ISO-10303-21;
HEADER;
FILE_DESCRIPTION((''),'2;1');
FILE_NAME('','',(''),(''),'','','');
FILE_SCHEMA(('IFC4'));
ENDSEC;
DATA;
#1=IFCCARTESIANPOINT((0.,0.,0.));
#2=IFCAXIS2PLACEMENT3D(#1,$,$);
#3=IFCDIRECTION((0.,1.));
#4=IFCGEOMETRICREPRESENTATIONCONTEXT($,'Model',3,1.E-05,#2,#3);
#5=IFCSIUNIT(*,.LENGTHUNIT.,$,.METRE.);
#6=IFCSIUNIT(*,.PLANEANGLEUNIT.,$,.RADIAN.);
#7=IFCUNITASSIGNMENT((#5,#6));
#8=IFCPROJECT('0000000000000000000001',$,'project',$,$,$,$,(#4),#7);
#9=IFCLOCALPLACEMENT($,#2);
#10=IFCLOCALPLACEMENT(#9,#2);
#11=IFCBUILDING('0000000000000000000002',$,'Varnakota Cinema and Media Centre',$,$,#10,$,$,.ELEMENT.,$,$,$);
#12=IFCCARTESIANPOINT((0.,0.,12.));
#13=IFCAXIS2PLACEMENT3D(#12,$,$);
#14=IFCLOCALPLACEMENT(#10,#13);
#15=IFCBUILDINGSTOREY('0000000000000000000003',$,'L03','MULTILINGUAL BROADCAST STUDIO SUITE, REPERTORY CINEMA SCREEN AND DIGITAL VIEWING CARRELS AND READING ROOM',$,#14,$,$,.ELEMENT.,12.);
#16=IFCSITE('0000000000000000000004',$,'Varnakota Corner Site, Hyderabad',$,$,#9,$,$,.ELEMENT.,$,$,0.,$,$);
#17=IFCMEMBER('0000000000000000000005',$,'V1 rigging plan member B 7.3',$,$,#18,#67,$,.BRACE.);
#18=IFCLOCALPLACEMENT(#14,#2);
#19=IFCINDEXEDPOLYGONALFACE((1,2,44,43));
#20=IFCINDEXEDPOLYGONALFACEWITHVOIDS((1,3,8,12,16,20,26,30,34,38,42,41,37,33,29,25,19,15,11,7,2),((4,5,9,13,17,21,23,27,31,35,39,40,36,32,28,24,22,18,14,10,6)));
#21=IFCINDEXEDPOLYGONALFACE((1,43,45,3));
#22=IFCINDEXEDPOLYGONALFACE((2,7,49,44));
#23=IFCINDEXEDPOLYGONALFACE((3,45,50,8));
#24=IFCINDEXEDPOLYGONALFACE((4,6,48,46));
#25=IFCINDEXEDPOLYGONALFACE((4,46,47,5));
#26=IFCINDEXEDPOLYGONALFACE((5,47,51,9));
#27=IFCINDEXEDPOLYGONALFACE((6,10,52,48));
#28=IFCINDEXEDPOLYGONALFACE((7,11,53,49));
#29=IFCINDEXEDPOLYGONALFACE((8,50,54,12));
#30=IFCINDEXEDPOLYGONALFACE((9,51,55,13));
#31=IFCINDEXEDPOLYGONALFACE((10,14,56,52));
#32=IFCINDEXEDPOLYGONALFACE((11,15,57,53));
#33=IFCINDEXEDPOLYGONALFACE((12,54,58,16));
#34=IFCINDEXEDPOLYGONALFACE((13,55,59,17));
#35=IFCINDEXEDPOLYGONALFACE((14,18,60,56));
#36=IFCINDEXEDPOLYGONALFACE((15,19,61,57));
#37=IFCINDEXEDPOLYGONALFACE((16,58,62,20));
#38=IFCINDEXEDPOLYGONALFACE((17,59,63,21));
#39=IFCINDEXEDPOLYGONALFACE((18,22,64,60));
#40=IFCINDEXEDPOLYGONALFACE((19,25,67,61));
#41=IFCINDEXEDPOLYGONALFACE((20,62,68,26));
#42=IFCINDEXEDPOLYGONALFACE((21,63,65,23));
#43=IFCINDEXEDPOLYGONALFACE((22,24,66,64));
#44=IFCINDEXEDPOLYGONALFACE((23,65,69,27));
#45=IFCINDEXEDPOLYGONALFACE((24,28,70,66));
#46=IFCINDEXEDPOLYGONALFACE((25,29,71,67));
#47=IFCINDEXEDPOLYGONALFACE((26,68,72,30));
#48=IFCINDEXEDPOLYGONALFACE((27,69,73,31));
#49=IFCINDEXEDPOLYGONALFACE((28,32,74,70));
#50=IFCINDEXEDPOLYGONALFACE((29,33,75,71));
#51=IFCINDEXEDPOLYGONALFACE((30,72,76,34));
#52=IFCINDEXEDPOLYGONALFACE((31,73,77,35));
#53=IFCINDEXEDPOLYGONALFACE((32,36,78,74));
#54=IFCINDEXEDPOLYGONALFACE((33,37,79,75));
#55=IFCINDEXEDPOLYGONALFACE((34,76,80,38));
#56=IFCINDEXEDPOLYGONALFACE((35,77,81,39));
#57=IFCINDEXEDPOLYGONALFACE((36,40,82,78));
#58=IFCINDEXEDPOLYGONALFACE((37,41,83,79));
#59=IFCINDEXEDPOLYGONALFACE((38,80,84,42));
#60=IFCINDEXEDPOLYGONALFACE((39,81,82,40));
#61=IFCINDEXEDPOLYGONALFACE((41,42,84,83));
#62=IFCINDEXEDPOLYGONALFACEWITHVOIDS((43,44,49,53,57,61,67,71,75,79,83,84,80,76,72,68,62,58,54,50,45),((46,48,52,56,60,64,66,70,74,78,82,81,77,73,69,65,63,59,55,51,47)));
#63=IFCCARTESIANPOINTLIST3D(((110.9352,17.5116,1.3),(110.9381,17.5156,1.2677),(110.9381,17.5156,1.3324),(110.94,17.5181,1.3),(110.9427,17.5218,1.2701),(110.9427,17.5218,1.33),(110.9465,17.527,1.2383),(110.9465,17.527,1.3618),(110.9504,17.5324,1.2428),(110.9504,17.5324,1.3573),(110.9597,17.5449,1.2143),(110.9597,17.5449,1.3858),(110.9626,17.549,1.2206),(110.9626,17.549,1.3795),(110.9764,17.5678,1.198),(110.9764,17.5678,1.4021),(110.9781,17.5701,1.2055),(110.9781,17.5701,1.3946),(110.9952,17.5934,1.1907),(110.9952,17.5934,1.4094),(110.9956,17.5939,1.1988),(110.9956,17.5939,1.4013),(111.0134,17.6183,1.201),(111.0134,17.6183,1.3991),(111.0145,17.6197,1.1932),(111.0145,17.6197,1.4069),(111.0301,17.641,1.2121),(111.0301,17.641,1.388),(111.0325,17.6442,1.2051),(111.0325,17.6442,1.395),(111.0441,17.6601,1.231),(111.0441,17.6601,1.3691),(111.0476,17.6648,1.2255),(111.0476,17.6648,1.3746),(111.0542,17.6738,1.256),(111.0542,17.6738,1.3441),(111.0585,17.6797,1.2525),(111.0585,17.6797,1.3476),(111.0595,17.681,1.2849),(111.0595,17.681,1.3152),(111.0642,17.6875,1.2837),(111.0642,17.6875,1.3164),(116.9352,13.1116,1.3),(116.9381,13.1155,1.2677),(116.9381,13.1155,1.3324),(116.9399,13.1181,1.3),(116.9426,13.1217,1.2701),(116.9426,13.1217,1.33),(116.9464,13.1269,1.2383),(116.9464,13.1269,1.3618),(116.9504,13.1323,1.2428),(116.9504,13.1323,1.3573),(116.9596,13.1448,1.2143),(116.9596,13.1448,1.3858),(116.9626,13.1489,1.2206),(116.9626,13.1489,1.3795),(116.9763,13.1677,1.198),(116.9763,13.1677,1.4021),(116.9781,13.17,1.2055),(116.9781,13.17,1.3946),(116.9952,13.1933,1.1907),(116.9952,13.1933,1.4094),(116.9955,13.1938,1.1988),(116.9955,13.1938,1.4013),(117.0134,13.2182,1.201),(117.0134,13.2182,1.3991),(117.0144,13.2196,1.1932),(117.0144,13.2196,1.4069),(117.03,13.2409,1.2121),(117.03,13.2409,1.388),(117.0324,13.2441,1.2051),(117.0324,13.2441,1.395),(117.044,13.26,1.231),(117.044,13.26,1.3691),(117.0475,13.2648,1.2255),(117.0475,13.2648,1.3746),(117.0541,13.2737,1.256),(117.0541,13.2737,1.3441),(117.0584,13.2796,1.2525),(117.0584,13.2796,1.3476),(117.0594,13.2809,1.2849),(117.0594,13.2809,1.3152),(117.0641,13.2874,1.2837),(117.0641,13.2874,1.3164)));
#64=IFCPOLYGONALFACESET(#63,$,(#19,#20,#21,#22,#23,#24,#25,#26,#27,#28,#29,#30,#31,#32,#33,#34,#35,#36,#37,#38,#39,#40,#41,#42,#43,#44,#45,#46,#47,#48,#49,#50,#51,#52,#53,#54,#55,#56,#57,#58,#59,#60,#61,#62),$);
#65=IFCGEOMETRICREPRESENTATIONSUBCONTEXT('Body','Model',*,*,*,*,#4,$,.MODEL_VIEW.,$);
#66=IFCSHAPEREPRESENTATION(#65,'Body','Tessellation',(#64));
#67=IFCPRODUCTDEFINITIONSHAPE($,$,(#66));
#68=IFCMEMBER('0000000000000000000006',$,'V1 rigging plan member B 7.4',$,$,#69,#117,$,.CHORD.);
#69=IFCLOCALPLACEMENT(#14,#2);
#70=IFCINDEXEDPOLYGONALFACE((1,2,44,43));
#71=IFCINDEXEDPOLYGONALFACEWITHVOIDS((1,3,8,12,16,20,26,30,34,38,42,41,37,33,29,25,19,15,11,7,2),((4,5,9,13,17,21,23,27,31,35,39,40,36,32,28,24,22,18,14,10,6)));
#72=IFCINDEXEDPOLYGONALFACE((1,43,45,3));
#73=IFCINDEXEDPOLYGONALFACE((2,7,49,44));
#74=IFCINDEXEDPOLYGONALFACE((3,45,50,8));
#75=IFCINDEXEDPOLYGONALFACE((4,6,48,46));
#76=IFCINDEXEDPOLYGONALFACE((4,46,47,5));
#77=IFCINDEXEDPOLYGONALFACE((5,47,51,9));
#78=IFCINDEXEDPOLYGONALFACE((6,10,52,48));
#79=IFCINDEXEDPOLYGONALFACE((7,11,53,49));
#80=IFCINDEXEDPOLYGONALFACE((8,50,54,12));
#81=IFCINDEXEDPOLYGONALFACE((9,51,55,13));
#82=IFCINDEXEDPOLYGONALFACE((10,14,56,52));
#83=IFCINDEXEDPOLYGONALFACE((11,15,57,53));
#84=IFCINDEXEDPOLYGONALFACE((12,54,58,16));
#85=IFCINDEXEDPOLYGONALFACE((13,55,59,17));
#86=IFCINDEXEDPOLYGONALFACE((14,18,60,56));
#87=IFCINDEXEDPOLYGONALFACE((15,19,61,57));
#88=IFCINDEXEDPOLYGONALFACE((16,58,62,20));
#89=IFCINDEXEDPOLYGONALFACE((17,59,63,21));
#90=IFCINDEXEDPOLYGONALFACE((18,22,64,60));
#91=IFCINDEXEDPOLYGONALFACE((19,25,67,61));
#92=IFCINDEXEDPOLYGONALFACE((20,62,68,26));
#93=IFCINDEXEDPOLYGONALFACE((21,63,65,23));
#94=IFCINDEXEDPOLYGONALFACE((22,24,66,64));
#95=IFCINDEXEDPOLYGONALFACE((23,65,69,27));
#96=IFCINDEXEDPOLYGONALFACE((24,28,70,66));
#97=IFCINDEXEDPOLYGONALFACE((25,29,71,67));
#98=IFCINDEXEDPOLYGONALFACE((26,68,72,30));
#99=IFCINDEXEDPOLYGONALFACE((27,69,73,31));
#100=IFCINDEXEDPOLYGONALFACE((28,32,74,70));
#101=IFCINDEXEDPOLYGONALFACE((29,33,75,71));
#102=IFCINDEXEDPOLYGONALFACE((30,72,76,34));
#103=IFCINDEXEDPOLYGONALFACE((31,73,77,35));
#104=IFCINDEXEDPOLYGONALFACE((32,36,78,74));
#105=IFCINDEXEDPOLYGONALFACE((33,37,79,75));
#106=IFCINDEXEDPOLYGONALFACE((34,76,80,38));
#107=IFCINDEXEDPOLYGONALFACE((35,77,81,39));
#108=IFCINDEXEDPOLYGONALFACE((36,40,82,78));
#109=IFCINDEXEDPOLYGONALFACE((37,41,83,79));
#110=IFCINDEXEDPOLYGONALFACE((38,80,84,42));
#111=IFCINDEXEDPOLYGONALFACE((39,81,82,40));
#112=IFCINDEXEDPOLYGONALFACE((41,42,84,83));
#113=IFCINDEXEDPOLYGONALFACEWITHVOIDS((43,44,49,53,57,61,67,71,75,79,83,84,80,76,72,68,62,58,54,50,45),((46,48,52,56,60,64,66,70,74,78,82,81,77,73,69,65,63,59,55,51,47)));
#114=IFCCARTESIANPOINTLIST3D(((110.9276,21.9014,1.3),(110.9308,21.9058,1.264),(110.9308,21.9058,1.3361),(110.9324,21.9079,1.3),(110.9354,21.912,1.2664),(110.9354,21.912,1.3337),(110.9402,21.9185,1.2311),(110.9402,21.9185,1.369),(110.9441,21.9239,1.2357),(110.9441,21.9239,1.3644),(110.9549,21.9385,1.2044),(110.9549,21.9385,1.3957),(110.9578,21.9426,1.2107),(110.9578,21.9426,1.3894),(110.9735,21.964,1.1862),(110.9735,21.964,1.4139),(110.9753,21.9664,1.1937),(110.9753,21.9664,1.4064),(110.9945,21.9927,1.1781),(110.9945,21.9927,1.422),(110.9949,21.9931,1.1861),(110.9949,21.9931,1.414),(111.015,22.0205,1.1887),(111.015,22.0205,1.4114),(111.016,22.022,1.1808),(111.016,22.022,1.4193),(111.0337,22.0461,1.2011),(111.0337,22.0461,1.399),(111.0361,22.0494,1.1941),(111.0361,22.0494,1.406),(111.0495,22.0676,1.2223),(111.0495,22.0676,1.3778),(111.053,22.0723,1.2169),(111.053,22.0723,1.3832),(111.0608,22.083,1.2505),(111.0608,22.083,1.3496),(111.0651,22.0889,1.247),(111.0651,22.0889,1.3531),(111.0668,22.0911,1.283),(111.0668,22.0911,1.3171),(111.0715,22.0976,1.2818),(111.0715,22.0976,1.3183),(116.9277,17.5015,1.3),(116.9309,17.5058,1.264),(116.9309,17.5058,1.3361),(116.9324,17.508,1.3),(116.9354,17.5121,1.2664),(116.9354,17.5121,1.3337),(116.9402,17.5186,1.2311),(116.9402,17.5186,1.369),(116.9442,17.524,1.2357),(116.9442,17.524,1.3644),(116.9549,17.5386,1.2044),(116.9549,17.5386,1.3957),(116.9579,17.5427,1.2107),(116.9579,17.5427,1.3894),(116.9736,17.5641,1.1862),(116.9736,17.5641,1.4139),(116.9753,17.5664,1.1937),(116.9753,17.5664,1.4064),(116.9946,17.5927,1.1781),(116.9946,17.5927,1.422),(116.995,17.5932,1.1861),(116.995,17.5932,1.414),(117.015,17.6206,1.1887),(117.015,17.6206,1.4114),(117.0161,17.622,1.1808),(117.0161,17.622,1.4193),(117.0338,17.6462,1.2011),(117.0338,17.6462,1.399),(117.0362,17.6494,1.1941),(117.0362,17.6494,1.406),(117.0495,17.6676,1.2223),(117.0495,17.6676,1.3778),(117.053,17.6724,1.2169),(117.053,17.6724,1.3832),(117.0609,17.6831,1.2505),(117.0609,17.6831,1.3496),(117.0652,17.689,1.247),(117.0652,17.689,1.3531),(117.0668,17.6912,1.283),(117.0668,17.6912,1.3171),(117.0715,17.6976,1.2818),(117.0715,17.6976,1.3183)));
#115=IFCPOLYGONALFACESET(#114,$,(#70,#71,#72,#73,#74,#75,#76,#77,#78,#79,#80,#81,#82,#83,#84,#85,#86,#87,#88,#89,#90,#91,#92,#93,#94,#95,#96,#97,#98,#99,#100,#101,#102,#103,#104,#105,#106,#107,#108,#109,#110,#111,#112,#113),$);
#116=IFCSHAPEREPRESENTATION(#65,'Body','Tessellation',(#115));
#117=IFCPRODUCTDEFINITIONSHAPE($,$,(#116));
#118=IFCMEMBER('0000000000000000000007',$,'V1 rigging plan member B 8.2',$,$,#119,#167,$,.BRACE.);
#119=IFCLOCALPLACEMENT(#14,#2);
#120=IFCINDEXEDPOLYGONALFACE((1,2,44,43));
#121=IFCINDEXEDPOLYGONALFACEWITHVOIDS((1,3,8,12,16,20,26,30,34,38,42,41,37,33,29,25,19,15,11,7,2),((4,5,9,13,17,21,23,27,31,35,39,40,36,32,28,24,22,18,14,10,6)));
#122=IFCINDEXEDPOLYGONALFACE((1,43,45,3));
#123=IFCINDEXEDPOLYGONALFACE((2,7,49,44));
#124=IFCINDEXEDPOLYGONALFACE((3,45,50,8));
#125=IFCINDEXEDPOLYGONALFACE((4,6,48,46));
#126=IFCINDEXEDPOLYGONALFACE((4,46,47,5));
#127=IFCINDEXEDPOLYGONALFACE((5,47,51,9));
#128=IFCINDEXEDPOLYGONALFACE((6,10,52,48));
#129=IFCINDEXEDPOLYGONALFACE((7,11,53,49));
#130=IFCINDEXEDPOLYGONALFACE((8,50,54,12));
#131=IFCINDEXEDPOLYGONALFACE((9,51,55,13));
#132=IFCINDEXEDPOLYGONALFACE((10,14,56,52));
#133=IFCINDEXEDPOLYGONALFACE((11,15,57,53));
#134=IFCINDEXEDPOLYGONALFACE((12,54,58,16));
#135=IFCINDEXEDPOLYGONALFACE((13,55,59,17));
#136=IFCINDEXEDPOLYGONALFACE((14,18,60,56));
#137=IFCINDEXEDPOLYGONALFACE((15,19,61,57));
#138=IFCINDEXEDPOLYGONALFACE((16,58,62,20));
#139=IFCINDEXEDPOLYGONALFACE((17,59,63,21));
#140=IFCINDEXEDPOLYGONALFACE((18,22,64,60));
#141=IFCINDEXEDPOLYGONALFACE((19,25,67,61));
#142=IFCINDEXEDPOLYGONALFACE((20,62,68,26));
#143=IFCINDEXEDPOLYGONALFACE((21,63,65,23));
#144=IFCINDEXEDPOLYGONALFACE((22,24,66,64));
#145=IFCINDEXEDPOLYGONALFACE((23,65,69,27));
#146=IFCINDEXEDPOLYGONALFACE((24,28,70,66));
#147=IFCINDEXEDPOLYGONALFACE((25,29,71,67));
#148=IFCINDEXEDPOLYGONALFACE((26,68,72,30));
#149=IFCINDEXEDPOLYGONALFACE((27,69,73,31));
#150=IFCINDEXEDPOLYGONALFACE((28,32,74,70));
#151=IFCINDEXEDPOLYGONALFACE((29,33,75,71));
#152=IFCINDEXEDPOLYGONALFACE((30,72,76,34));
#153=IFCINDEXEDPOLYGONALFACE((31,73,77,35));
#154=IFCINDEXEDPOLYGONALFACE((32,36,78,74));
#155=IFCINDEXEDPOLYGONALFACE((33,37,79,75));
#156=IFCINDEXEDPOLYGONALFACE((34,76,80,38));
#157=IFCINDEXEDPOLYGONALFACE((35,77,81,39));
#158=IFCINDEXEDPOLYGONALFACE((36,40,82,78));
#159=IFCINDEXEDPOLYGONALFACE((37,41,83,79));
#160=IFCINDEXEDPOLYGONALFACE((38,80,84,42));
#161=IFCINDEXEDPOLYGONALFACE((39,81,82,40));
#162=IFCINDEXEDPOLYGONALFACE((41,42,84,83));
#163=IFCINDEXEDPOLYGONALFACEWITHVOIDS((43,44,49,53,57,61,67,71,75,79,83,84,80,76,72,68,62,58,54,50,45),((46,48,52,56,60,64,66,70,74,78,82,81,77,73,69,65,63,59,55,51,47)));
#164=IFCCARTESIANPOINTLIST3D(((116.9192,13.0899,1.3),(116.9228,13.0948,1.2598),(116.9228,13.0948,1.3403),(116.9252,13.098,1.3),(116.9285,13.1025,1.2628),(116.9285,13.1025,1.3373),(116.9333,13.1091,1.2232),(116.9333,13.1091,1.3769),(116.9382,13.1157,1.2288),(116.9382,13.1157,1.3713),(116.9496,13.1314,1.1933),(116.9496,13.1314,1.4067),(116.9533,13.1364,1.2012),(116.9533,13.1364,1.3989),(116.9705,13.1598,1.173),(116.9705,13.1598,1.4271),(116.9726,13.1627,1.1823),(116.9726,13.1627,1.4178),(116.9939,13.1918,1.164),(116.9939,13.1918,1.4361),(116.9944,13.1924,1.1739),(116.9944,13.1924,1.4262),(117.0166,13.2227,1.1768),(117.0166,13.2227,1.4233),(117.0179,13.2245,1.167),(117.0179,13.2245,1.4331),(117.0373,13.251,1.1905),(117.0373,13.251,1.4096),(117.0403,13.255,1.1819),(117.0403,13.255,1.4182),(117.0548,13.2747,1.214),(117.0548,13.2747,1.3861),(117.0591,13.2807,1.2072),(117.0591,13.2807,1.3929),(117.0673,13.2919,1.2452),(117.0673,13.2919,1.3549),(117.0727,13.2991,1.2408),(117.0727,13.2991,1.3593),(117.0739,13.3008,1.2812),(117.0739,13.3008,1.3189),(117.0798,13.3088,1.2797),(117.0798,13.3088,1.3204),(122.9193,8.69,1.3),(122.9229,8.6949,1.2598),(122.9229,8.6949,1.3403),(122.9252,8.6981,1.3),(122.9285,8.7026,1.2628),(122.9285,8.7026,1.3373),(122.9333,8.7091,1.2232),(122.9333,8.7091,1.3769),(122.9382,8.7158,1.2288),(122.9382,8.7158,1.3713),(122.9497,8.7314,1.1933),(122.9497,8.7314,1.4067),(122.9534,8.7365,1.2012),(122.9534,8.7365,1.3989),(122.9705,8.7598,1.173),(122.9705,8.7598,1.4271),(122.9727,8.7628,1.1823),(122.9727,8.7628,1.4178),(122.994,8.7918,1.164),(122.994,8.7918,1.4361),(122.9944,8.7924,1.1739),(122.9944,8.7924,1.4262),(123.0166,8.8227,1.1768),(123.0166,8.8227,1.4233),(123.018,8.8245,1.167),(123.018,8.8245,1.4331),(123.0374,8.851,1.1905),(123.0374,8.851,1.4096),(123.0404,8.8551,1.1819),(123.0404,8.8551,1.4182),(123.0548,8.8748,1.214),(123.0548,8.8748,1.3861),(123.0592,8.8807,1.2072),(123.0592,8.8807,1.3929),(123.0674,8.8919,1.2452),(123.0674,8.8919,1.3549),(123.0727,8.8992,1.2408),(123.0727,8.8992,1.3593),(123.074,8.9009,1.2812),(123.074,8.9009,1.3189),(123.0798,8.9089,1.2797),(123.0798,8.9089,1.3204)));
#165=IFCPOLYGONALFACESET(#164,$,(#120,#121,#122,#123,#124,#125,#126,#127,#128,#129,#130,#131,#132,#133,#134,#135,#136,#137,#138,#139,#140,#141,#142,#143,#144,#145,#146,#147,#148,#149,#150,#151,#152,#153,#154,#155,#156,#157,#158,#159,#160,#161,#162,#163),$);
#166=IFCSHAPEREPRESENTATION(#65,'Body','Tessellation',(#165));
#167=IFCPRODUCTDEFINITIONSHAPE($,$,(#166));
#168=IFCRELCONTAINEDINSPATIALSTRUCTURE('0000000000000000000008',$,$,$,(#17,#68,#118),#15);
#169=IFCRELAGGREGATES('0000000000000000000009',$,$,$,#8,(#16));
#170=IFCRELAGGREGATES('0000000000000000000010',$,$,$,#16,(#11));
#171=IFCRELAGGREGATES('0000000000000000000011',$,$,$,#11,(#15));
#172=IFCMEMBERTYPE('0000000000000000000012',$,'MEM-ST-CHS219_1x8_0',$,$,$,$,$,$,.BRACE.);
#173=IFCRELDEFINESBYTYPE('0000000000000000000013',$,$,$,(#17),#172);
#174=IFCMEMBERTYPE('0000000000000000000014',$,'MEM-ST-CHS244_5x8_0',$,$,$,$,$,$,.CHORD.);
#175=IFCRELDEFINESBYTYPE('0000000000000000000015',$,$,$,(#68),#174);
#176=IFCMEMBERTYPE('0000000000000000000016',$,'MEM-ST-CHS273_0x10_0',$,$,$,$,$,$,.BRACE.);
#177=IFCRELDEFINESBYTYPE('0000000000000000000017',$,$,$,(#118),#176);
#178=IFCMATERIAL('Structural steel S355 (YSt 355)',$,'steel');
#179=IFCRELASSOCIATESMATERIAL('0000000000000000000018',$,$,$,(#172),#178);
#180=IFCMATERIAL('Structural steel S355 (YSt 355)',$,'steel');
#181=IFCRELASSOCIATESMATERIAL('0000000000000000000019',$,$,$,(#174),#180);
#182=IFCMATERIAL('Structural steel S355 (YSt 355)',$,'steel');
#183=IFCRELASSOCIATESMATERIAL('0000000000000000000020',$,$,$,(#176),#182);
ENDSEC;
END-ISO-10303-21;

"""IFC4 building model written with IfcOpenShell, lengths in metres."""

from ifc_helpers import new_model, si_unit, direction, frame, origin, origin_2d, place, context, subcontext, project, spatial, hollow_circle, extrude, material, material_profile, profile_set, type_object, element, save


model = new_model("IFC4")

# Units and contexts
model_context = context("Model", 3, precision=1e-05, world=origin(), true_north=direction((0.0, 1.0)))
body_context = subcontext(model_context, "Body", "Model", "MODEL_VIEW")
ifc_project = project(units=[si_unit("LENGTHUNIT", "METRE"), si_unit("PLANEANGLEUNIT", "RADIAN")], contexts=[model_context])

# Site, building, storey
site_placement = place(None, origin())
site = spatial("IfcSite", under=ifc_project, at=site_placement, Name="Varnakota Corner Site, Hyderabad", CompositionType="ELEMENT", RefElevation=0.0)
building_placement = place(site_placement, origin())
building = spatial("IfcBuilding", under=site, at=building_placement, Name="Varnakota Cinema and Media Centre", CompositionType="ELEMENT")
storey_placement = place(building_placement, frame((0.0, 0.0, 12.0)))
storey = spatial("IfcBuildingStorey", under=building, at=storey_placement, Name="L03", Description="MULTILINGUAL BROADCAST STUDIO SUITE, REPERTORY CINEMA SCREEN AND DIGITAL VIEWING CARRELS AND READING ROOM", CompositionType="ELEMENT", Elevation=12.0)

# Members
ifc_material_1 = material(Name="Structural steel S355 (YSt 355)", Category="steel")
ifc_material_profile_1 = material_profile(ifc_material_1, hollow_circle(Radius=0.1096, WallThickness=0.0081, at=origin_2d()), Name="CHS 219.1x8.0")
ifc_profile_set_1 = profile_set([ifc_material_profile_1], Name="Structural steel S355 (YSt 355)")
member_type_1 = type_object("IfcMemberType", Name="MEM-ST-CHS219_1x8_0", PredefinedType="BRACE", material=ifc_profile_set_1)
member_1_placement = place(storey_placement, frame((117.0, 13.2, 1.3), z_axis=(-0.806396, 0.591376, 0.0), x_axis=(-0.591376, -0.806396, 0.0)))
element("IfcMember", 1, at=member_1_placement, inside=storey, type_object=member_type_1, Name="V1 rigging plan member B 7.3", PredefinedType="BRACE", context=body_context, shape_type="SweptSolid", body=[
    extrude(hollow_circle(Radius=0.1096, WallThickness=0.0081, at=origin_2d()), origin(), (0.0, 0.0, 1.0), 7.4404),
])
ifc_material_2 = material(Name="Structural steel S355 (YSt 355)", Category="steel")
ifc_material_profile_2 = material_profile(ifc_material_2, hollow_circle(Radius=0.1223, WallThickness=0.0081, at=origin_2d()), Name="CHS 244.5x8.0")
ifc_profile_set_2 = profile_set([ifc_material_profile_2], Name="Structural steel S355 (YSt 355)")
member_type_2 = type_object("IfcMemberType", Name="MEM-ST-CHS244_5x8_0", PredefinedType="CHORD", material=ifc_profile_set_2)
member_2_placement = place(storey_placement, frame((117.0, 17.6001, 1.3), z_axis=(-0.806411, 0.591355, 0.0), x_axis=(-0.591355, -0.806411, 0.0)))
element("IfcMember", 2, at=member_2_placement, inside=storey, type_object=member_type_2, Name="V1 rigging plan member B 7.4", PredefinedType="CHORD", context=body_context, shape_type="SweptSolid", body=[
    extrude(hollow_circle(Radius=0.1223, WallThickness=0.0081, at=origin_2d()), origin(), (0.0, 0.0, 1.0), 7.4404),
])
ifc_material_3 = material(Name="Structural steel S355 (YSt 355)", Category="steel")
ifc_material_profile_3 = material_profile(ifc_material_3, hollow_circle(Radius=0.1365, WallThickness=0.01, at=origin_2d()), Name="CHS 273.0x10.0")
ifc_profile_set_3 = profile_set([ifc_material_profile_3], Name="Structural steel S355 (YSt 355)")
member_type_3 = type_object("IfcMemberType", Name="MEM-ST-CHS273_0x10_0", PredefinedType="BRACE", material=ifc_profile_set_3)
member_3_placement = place(storey_placement, frame((123.0, 8.8, 1.3), z_axis=(-0.806411, 0.591355, 0.0), x_axis=(-0.591355, -0.806411, 0.0)))
element("IfcMember", 3, at=member_3_placement, inside=storey, type_object=member_type_3, Name="V1 rigging plan member B 8.2", PredefinedType="BRACE", context=body_context, shape_type="SweptSolid", body=[
    extrude(hollow_circle(Radius=0.1365, WallThickness=0.01, at=origin_2d()), origin(), (0.0, 0.0, 1.0), 7.4404),
])

save(model, "model.ifc")
